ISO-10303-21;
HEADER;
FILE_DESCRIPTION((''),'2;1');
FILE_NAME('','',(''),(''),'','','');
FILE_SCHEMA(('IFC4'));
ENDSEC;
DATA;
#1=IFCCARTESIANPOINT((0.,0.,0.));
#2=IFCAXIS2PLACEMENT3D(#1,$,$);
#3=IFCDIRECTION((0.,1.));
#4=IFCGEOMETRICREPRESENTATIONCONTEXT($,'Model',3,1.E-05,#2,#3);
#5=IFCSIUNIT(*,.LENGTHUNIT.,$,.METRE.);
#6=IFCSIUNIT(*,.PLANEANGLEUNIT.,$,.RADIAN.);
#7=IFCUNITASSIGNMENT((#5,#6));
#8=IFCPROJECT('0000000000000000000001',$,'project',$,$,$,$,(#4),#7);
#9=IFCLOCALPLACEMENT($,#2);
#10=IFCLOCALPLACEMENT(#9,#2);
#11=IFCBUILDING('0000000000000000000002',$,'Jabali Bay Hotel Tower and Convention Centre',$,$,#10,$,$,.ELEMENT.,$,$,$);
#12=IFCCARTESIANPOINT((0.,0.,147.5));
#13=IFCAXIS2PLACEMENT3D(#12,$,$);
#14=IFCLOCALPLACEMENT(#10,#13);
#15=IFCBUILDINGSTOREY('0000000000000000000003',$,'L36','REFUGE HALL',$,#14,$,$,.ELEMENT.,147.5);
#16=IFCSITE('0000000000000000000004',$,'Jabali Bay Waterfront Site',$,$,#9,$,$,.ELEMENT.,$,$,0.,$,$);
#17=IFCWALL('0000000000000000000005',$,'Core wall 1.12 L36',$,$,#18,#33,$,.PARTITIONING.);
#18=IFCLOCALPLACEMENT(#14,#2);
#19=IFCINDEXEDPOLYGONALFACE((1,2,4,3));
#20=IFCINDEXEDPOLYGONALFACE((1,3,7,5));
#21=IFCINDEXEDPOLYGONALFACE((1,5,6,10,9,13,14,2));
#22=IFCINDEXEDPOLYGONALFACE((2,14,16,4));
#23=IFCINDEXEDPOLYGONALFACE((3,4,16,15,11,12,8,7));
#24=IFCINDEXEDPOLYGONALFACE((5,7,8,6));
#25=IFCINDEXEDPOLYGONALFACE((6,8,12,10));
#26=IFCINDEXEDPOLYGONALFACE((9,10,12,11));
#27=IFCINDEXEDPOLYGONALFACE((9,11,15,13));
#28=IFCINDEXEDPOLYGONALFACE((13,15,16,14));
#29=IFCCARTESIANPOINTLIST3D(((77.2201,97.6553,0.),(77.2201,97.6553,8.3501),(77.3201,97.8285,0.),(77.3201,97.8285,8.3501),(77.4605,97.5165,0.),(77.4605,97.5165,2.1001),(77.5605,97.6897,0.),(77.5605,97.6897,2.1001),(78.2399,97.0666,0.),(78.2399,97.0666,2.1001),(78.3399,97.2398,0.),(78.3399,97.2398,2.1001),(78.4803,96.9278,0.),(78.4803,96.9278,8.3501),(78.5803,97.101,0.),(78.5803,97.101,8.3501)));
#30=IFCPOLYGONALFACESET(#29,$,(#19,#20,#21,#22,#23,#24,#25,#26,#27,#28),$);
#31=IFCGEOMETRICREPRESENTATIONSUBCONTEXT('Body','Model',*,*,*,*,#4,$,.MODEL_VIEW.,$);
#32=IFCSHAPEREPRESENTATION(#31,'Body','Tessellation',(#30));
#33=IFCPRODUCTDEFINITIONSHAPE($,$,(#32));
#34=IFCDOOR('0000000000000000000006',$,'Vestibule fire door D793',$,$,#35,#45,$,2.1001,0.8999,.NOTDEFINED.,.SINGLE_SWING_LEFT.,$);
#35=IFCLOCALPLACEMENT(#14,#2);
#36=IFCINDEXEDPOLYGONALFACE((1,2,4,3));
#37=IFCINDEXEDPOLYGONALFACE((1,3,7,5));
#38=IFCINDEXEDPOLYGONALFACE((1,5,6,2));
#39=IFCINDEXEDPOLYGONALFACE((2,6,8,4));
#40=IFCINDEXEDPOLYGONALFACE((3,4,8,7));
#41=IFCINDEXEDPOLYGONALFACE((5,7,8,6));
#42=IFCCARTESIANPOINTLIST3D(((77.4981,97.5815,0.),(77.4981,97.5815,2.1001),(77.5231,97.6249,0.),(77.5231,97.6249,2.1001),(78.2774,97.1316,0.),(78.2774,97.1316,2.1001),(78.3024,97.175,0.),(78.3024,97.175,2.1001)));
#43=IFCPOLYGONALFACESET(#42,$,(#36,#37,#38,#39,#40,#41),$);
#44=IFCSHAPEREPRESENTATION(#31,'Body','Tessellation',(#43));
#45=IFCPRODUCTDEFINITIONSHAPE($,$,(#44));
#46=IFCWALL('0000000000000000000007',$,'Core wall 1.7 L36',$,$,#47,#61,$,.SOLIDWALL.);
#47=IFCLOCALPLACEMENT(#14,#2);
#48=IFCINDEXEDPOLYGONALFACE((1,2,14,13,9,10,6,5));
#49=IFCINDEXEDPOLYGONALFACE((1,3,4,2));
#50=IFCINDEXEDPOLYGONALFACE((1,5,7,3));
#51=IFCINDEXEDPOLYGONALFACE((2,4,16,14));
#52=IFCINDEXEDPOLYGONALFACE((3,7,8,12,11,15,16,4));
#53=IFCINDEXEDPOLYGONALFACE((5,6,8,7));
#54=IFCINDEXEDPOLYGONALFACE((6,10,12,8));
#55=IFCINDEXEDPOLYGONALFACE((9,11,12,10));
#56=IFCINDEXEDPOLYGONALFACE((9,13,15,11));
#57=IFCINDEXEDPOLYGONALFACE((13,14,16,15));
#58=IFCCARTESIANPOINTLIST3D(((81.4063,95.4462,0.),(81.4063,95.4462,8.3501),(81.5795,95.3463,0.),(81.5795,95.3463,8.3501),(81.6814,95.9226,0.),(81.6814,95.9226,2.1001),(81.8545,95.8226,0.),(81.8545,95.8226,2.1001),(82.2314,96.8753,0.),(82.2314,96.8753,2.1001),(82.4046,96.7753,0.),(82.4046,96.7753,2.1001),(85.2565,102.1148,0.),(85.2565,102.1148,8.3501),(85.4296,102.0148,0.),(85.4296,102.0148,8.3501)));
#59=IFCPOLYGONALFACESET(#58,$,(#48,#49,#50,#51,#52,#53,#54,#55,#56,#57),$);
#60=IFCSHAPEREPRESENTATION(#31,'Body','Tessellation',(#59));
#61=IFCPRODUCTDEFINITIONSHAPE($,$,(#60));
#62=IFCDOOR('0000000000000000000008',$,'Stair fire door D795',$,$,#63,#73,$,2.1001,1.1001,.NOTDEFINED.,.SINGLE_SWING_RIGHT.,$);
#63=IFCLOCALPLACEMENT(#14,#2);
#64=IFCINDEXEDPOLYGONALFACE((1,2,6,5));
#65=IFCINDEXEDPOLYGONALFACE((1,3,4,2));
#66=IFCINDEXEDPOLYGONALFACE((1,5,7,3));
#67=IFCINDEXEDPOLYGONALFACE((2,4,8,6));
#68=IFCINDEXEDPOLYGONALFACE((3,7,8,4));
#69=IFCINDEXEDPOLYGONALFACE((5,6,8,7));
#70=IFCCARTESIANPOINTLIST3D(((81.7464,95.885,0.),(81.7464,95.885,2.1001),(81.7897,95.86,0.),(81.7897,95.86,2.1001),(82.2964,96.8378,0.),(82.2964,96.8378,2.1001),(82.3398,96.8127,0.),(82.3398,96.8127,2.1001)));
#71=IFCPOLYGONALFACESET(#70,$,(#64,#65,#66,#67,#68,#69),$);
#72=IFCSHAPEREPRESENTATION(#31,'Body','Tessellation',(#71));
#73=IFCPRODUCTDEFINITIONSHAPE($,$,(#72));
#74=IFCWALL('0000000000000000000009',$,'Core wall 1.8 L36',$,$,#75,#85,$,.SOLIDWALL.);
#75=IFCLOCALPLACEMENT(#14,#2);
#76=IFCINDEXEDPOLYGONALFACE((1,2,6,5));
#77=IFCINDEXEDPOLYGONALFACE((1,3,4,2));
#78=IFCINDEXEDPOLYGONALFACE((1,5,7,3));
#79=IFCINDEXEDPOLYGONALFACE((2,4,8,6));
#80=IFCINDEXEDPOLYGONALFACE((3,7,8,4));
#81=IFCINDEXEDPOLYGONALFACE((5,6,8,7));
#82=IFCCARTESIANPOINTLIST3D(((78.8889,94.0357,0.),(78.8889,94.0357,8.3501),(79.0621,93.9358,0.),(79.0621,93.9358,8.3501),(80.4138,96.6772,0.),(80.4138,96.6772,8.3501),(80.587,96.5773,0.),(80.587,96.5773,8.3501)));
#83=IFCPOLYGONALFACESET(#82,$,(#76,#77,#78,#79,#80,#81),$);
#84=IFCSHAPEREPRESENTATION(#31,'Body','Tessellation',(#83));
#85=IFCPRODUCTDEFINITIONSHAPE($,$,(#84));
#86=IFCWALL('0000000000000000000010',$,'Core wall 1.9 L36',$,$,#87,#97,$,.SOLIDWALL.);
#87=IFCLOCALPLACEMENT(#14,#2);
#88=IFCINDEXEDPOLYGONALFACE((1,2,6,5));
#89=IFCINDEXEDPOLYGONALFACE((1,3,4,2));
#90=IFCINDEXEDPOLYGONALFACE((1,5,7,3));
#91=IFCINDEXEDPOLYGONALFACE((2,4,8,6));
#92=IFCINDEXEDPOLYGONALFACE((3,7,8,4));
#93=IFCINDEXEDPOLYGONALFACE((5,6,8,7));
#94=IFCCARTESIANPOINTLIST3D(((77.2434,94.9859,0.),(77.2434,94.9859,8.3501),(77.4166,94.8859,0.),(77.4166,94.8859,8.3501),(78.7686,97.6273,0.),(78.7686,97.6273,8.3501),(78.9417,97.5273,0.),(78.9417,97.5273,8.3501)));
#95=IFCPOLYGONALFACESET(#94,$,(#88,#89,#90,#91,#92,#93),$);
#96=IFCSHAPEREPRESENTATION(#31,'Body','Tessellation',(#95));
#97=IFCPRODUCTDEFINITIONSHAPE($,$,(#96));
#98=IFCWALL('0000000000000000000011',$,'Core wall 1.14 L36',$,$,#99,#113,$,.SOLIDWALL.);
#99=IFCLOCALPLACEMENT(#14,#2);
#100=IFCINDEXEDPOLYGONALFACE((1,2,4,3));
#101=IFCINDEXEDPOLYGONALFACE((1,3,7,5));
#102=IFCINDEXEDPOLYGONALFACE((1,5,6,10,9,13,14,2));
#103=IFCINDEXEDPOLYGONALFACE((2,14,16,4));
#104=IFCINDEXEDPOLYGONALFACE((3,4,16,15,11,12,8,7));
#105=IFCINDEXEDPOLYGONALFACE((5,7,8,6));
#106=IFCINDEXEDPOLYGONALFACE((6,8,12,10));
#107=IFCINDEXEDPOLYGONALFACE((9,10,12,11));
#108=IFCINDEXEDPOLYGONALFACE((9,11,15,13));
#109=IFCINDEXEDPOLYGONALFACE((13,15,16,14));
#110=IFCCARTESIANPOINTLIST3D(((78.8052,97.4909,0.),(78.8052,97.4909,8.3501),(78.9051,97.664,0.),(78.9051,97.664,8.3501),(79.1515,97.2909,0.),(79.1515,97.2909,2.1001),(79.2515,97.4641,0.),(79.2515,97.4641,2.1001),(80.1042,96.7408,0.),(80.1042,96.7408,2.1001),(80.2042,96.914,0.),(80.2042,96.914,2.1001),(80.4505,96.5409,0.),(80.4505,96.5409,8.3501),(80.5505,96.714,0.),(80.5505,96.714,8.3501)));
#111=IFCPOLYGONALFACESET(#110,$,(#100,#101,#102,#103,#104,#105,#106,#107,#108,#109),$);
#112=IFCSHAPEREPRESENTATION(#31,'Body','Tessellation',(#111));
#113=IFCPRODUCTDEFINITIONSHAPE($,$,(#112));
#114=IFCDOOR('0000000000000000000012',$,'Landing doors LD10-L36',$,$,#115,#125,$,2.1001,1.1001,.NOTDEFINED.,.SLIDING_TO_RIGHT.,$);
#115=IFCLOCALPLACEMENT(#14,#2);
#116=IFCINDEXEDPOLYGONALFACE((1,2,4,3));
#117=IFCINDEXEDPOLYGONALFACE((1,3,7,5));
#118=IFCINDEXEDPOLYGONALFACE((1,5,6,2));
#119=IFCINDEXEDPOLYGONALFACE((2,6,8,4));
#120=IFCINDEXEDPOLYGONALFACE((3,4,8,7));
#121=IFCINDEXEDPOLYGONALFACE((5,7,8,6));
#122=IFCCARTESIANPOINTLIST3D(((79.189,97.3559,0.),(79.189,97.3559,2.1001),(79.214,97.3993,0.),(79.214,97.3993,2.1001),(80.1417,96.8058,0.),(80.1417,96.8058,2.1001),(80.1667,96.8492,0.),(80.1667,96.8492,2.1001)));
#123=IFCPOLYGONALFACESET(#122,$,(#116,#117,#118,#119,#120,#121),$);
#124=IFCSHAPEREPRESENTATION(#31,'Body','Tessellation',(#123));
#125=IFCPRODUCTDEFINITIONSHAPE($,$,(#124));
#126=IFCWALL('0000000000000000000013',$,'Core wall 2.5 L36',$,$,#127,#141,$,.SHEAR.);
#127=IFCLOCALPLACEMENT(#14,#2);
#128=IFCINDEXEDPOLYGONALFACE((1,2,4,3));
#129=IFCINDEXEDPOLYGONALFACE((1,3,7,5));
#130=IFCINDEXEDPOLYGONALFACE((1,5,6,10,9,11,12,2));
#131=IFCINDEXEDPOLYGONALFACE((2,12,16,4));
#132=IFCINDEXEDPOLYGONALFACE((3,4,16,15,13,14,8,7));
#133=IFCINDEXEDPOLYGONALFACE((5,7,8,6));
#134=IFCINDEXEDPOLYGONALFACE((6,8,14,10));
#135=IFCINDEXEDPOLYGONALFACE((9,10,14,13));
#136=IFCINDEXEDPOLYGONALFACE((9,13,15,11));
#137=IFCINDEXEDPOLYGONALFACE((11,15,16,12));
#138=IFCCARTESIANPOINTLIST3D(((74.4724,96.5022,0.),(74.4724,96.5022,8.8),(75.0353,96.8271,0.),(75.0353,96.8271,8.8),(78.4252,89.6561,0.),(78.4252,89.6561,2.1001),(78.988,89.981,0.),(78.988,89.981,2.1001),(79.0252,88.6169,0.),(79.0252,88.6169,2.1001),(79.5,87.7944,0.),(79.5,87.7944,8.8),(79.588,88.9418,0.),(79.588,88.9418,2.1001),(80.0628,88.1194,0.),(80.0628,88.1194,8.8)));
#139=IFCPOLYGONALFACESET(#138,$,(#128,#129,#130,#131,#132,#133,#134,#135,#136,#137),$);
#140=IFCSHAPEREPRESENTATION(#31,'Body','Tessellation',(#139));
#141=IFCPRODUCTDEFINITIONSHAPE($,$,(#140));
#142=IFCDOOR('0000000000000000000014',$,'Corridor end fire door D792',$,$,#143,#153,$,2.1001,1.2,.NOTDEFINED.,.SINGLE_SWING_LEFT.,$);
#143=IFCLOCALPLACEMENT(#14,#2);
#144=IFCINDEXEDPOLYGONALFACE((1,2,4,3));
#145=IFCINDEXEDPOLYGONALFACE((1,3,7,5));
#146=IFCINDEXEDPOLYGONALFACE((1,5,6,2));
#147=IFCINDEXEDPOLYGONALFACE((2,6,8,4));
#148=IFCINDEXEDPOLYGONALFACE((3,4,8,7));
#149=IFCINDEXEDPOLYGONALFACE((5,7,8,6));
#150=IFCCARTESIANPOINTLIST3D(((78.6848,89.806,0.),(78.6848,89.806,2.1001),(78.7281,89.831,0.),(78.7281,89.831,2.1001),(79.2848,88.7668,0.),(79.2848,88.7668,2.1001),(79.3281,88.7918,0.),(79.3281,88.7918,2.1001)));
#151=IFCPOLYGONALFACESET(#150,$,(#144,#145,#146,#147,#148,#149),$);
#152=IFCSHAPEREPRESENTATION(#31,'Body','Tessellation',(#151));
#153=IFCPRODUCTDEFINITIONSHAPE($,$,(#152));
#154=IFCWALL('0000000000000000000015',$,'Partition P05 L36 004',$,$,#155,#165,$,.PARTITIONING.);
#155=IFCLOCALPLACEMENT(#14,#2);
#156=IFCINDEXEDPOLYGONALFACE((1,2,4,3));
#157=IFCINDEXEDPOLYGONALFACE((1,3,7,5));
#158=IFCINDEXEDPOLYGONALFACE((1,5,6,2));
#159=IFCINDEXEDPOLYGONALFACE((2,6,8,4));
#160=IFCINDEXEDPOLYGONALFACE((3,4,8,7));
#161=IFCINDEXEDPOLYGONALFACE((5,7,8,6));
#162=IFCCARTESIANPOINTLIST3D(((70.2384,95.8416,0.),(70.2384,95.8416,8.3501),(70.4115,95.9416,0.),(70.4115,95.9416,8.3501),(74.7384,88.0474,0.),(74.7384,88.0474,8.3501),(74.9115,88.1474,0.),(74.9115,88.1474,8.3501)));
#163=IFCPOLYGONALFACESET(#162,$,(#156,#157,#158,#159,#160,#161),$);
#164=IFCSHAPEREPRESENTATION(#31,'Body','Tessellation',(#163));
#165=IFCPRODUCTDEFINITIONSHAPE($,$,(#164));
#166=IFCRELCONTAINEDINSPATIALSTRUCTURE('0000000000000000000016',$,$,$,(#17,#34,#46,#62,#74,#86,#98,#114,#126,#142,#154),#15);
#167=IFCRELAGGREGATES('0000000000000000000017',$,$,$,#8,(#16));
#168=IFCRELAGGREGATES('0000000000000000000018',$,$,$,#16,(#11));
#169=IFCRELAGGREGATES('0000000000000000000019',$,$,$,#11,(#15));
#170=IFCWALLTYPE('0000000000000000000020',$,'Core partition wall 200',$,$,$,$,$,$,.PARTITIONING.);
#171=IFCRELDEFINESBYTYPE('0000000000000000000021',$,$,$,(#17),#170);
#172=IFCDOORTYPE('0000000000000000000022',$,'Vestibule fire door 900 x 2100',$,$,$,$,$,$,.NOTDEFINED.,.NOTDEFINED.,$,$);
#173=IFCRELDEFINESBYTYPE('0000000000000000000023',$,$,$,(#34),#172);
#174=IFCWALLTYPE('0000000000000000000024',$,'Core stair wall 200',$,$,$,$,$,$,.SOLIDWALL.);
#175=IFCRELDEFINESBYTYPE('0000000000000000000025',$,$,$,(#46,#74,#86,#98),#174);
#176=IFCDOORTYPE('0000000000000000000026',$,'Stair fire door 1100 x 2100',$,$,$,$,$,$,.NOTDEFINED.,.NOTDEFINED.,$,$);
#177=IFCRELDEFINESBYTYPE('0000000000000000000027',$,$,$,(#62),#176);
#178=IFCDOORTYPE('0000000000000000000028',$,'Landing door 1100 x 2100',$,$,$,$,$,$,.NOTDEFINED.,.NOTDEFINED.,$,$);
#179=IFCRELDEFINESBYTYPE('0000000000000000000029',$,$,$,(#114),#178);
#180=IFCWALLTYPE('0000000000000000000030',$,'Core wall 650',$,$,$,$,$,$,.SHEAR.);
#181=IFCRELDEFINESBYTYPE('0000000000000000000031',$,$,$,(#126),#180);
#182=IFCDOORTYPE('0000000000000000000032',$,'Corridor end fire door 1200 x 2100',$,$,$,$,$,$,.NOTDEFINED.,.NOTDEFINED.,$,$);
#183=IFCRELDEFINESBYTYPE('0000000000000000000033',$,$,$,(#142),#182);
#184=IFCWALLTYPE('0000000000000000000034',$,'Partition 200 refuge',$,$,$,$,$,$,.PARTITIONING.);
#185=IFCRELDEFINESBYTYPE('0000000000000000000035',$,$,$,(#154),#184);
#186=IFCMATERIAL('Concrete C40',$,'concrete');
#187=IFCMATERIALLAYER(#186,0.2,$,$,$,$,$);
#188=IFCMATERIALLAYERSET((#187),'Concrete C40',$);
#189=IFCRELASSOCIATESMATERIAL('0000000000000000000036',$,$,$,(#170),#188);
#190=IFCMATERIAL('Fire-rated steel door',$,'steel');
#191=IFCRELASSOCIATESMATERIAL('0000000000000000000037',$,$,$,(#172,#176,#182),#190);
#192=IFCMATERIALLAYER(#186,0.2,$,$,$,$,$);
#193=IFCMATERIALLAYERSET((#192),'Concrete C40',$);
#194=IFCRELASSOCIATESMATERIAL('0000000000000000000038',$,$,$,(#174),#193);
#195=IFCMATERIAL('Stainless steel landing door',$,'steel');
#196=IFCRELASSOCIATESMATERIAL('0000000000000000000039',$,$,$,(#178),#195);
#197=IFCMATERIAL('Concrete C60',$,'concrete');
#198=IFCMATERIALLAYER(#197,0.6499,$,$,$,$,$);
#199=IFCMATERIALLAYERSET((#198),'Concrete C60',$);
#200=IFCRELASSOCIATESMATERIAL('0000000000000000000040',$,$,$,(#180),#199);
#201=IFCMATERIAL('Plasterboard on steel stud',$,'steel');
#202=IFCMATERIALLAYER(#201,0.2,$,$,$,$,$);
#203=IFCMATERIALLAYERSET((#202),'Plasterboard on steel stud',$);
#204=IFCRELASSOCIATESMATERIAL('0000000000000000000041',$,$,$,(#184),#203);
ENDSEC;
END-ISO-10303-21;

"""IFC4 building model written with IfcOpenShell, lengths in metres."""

from ifc_helpers import new_model, si_unit, direction, frame, frame_2d, origin, place, context, subcontext, project, spatial, rectangle, extrude, material, layer, layer_set, type_object, element, fill, save


model = new_model("IFC4")

# Units and contexts
model_context = context("Model", 3, precision=1e-05, world=origin(), true_north=direction((0.0, 1.0)))
body_context = subcontext(model_context, "Body", "Model", "MODEL_VIEW")
ifc_project = project(units=[si_unit("LENGTHUNIT", "METRE"), si_unit("PLANEANGLEUNIT", "RADIAN")], contexts=[model_context])

# Site, building, storey
site_placement = place(None, origin())
site = spatial("IfcSite", under=ifc_project, at=site_placement, Name="Jabali Bay Waterfront Site", CompositionType="ELEMENT", RefElevation=0.0)
building_placement = place(site_placement, origin())
building = spatial("IfcBuilding", under=site, at=building_placement, Name="Jabali Bay Hotel Tower and Convention Centre", CompositionType="ELEMENT")
storey_placement = place(building_placement, frame((0.0, 0.0, 147.5)))
storey = spatial("IfcBuildingStorey", under=building, at=storey_placement, Name="L36", Description="REFUGE HALL", CompositionType="ELEMENT", Elevation=147.5)

# Shared definitions
ifc_material_1 = material(Name="Concrete C60", Category="concrete")

# Walls, openings, doors
ifc_material_2 = material(Name="Concrete C40", Category="concrete")
ifc_layer_1 = layer(ifc_material_2, 0.2)
ifc_layer_set_1 = layer_set([ifc_layer_1], Name="Concrete C40")
wall_type_1 = type_object("IfcWallType", Name="Core partition wall 200", PredefinedType="PARTITIONING", material=ifc_layer_set_1)
wall_1_placement = place(storey_placement, frame((78.5303, 97.0144, 0.0), z_axis=(0.0, 0.0, 1.0), x_axis=(-0.866046, 0.499965, 0.0)))
wall_1 = element("IfcWall", 1, at=wall_1_placement, inside=storey, type_object=wall_type_1, Name="Core wall 1.12 L36", PredefinedType="PARTITIONING", context=body_context, shape_type="SweptSolid", body=[
    extrude(rectangle(XDim=1.4551, YDim=0.2, at=frame_2d((0.7275, 0.0))), origin(), (0.0, 0.0, 1.0), 8.3501),
])
opening_1_placement = place(wall_1_placement, frame((0.2776, 0.0, 0.0)))
opening_1 = element("IfcOpeningElement", 2, at=opening_1_placement, cuts=wall_1, PredefinedType="OPENING", context=body_context, shape_type="SweptSolid", body=[
    extrude(rectangle(XDim=0.8999, YDim=2.1001, at=frame_2d((0.45, 1.05))), frame((0.0, 0.1104, 0.0), z_axis=(0.0, -1.0, 0.0), x_axis=(1.0, 0.0, 0.0)), (0.0, 0.0, 1.0), 0.2209),
])
ifc_material_3 = material(Name="Fire-rated steel door", Category="steel")
door_type_1 = type_object("IfcDoorType", Name="Vestibule fire door 900 x 2100", OperationType="NOTDEFINED", PredefinedType="NOTDEFINED", material=ifc_material_3)
door_1_placement = place(opening_1_placement, origin())
door_1 = element("IfcDoor", 3, at=door_1_placement, inside=storey, type_object=door_type_1, Name="Vestibule fire door D793", OperationType="SINGLE_SWING_LEFT", OverallHeight=2.1001, OverallWidth=0.8999, PredefinedType="NOTDEFINED", context=body_context, shape_type="SweptSolid", body=[
    extrude(rectangle(XDim=0.8999, YDim=2.1001, at=frame_2d((0.45, 1.05))), frame((0.0, 0.0249, 0.0), z_axis=(0.0, -1.0, 0.0), x_axis=(1.0, 0.0, 0.0)), (0.0, 0.0, 1.0), 0.05),
])
fill(opening_1, door_1)
ifc_layer_2 = layer(ifc_material_2, 0.2)
ifc_layer_set_2 = layer_set([ifc_layer_2], Name="Concrete C40")
wall_type_2 = type_object("IfcWallType", Name="Core stair wall 200", PredefinedType="SOLIDWALL", material=ifc_layer_set_2)
wall_2_placement = place(storey_placement, frame((81.4929, 95.3962, 0.0), z_axis=(0.0, 0.0, 1.0), x_axis=(0.500006, 0.866022, 0.0)))
wall_2 = element("IfcWall", 4, at=wall_2_placement, inside=storey, type_object=wall_type_2, Name="Core wall 1.7 L36", PredefinedType="SOLIDWALL", context=body_context, shape_type="SweptSolid", body=[
    extrude(rectangle(XDim=7.7002, YDim=0.2, at=frame_2d((3.8501, 0.0))), origin(), (0.0, 0.0, 1.0), 8.3501),
])
opening_2_placement = place(wall_2_placement, frame((0.55, 0.0, 0.0)))
opening_2 = element("IfcOpeningElement", 5, at=opening_2_placement, cuts=wall_2, PredefinedType="OPENING", context=body_context, shape_type="SweptSolid", body=[
    extrude(rectangle(XDim=1.1001, YDim=2.1001, at=frame_2d((0.55, 1.05))), frame((0.0, 0.1104, 0.0), z_axis=(0.0, -1.0, 0.0), x_axis=(1.0, 0.0, 0.0)), (0.0, 0.0, 1.0), 0.2209),
])
door_type_2 = type_object("IfcDoorType", Name="Stair fire door 1100 x 2100", OperationType="NOTDEFINED", PredefinedType="NOTDEFINED", material=ifc_material_3)
door_2_placement = place(opening_2_placement, origin())
door_2 = element("IfcDoor", 6, at=door_2_placement, inside=storey, type_object=door_type_2, Name="Stair fire door D795", OperationType="SINGLE_SWING_RIGHT", OverallHeight=2.1001, OverallWidth=1.1001, PredefinedType="NOTDEFINED", context=body_context, shape_type="SweptSolid", body=[
    extrude(rectangle(XDim=1.1001, YDim=2.1001, at=frame_2d((0.55, 1.05))), frame((0.0, 0.0249, 0.0), z_axis=(0.0, -1.0, 0.0), x_axis=(1.0, 0.0, 0.0)), (0.0, 0.0, 1.0), 0.05),
])
fill(opening_2, door_2)

# Walls
for number, where, z_axis, x_axis, name in (
    (7, (78.9756, 93.9858, 0.0), (0.0, 0.0, 1.0), (0.499944, 0.866058, 0.0), "Core wall 1.8 L36"),
    (8, (77.3301, 94.936, 0.0), (0.0, 0.0, 1.0), (0.500039, 0.866003, 0.0), "Core wall 1.9 L36"),
):
    element("IfcWall", number, at=place(storey_placement, frame(where, z_axis=z_axis, x_axis=x_axis)), inside=storey, type_object=wall_type_2, Name=name, PredefinedType="SOLIDWALL", context=body_context, shape_type="SweptSolid", body=[
        extrude(rectangle(XDim=3.05, YDim=0.2, at=frame_2d((1.5249, 0.0))), origin(), (0.0, 0.0, 1.0), 8.3501),
    ])

# Walls, openings, doors
wall_3_placement = place(storey_placement, frame((80.5005, 96.6274, 0.0), z_axis=(0.0, 0.0, 1.0), x_axis=(-0.866012, 0.500023, 0.0)))
wall_3 = element("IfcWall", 9, at=wall_3_placement, inside=storey, type_object=wall_type_2, Name="Core wall 1.14 L36", PredefinedType="SOLIDWALL", context=body_context, shape_type="SweptSolid", body=[
    extrude(rectangle(XDim=1.8999, YDim=0.2, at=frame_2d((0.95, 0.0))), origin(), (0.0, 0.0, 1.0), 8.3501),
])
opening_3_placement = place(wall_3_placement, frame((0.3999, 0.0, 0.0)))
opening_3 = element("IfcOpeningElement", 10, at=opening_3_placement, cuts=wall_3, PredefinedType="OPENING", context=body_context, shape_type="SweptSolid", body=[
    extrude(rectangle(XDim=1.1001, YDim=2.1001, at=frame_2d((0.55, 1.05))), frame((0.0, 0.1104, 0.0), z_axis=(0.0, -1.0, 0.0), x_axis=(1.0, 0.0, 0.0)), (0.0, 0.0, 1.0), 0.2209),
])
ifc_material_4 = material(Name="Stainless steel landing door", Category="steel")
door_type_3 = type_object("IfcDoorType", Name="Landing door 1100 x 2100", OperationType="NOTDEFINED", PredefinedType="NOTDEFINED", material=ifc_material_4)
door_3_placement = place(opening_3_placement, origin())
door_3 = element("IfcDoor", 11, at=door_3_placement, inside=storey, type_object=door_type_3, Name="Landing doors LD10-L36", OperationType="SLIDING_TO_RIGHT", OverallHeight=2.1001, OverallWidth=1.1001, PredefinedType="NOTDEFINED", context=body_context, shape_type="SweptSolid", body=[
    extrude(rectangle(XDim=1.1001, YDim=2.1001, at=frame_2d((0.55, 1.05))), frame((0.0, 0.0249, 0.0), z_axis=(0.0, -1.0, 0.0), x_axis=(1.0, 0.0, 0.0)), (0.0, 0.0, 1.0), 0.05),
])
fill(opening_3, door_3)
ifc_layer_3 = layer(ifc_material_1, 0.6499)
ifc_layer_set_3 = layer_set([ifc_layer_3], Name="Concrete C60")
wall_type_3 = type_object("IfcWallType", Name="Core wall 650", PredefinedType="SHEAR", material=ifc_layer_set_3)
wall_4_placement = place(storey_placement, frame((74.7539, 96.6646, 0.0), z_axis=(0.0, 0.0, 1.0), x_axis=(0.500012, -0.866019, 0.0)))
wall_4 = element("IfcWall", 12, at=wall_4_placement, inside=storey, type_object=wall_type_3, Name="Core wall 2.5 L36", PredefinedType="SHEAR", context=body_context, shape_type="SweptSolid", body=[
    extrude(rectangle(XDim=10.0549, YDim=0.6499, at=frame_2d((5.0273, 0.0))), origin(), (0.0, 0.0, 1.0), 8.8),
])
opening_4_placement = place(wall_4_placement, frame((7.905, 0.0, 0.0)))
opening_4 = element("IfcOpeningElement", 13, at=opening_4_placement, cuts=wall_4, PredefinedType="OPENING", context=body_context, shape_type="SweptSolid", body=[
    extrude(rectangle(XDim=1.2, YDim=2.1001, at=frame_2d((0.6001, 1.05))), frame((0.0, 0.3354, 0.0), z_axis=(0.0, -1.0, 0.0), x_axis=(1.0, 0.0, 0.0)), (0.0, 0.0, 1.0), 0.6709),
])
door_type_4 = type_object("IfcDoorType", Name="Corridor end fire door 1200 x 2100", OperationType="NOTDEFINED", PredefinedType="NOTDEFINED", material=ifc_material_3)
door_4_placement = place(opening_4_placement, origin())
door_4 = element("IfcDoor", 14, at=door_4_placement, inside=storey, type_object=door_type_4, Name="Corridor end fire door D792", OperationType="SINGLE_SWING_LEFT", OverallHeight=2.1001, OverallWidth=1.2, PredefinedType="NOTDEFINED", context=body_context, shape_type="SweptSolid", body=[
    extrude(rectangle(XDim=1.2, YDim=2.1001, at=frame_2d((0.6001, 1.05))), frame((0.0, 0.0249, 0.0), z_axis=(0.0, -1.0, 0.0), x_axis=(1.0, 0.0, 0.0)), (0.0, 0.0, 1.0), 0.05),
])
fill(opening_4, door_4)

# Wall
ifc_material_5 = material(Name="Plasterboard on steel stud", Category="steel")
ifc_layer_4 = layer(ifc_material_5, 0.2)
ifc_layer_set_4 = layer_set([ifc_layer_4], Name="Plasterboard on steel stud")
wall_type_4 = type_object("IfcWallType", Name="Partition 200 refuge", PredefinedType="PARTITIONING", material=ifc_layer_set_4)
wall_5_placement = place(storey_placement, frame((70.325, 95.8916, 0.0), z_axis=(0.0, 0.0, 1.0), x_axis=(0.500002, -0.866024, 0.0)))
element("IfcWall", 15, at=wall_5_placement, inside=storey, type_object=wall_type_4, Name="Partition P05 L36 004", PredefinedType="PARTITIONING", context=body_context, shape_type="SweptSolid", body=[
    extrude(rectangle(XDim=9.0, YDim=0.2, at=frame_2d((4.5, 0.0))), origin(), (0.0, 0.0, 1.0), 8.3501),
])

save(model, "model.ifc")
